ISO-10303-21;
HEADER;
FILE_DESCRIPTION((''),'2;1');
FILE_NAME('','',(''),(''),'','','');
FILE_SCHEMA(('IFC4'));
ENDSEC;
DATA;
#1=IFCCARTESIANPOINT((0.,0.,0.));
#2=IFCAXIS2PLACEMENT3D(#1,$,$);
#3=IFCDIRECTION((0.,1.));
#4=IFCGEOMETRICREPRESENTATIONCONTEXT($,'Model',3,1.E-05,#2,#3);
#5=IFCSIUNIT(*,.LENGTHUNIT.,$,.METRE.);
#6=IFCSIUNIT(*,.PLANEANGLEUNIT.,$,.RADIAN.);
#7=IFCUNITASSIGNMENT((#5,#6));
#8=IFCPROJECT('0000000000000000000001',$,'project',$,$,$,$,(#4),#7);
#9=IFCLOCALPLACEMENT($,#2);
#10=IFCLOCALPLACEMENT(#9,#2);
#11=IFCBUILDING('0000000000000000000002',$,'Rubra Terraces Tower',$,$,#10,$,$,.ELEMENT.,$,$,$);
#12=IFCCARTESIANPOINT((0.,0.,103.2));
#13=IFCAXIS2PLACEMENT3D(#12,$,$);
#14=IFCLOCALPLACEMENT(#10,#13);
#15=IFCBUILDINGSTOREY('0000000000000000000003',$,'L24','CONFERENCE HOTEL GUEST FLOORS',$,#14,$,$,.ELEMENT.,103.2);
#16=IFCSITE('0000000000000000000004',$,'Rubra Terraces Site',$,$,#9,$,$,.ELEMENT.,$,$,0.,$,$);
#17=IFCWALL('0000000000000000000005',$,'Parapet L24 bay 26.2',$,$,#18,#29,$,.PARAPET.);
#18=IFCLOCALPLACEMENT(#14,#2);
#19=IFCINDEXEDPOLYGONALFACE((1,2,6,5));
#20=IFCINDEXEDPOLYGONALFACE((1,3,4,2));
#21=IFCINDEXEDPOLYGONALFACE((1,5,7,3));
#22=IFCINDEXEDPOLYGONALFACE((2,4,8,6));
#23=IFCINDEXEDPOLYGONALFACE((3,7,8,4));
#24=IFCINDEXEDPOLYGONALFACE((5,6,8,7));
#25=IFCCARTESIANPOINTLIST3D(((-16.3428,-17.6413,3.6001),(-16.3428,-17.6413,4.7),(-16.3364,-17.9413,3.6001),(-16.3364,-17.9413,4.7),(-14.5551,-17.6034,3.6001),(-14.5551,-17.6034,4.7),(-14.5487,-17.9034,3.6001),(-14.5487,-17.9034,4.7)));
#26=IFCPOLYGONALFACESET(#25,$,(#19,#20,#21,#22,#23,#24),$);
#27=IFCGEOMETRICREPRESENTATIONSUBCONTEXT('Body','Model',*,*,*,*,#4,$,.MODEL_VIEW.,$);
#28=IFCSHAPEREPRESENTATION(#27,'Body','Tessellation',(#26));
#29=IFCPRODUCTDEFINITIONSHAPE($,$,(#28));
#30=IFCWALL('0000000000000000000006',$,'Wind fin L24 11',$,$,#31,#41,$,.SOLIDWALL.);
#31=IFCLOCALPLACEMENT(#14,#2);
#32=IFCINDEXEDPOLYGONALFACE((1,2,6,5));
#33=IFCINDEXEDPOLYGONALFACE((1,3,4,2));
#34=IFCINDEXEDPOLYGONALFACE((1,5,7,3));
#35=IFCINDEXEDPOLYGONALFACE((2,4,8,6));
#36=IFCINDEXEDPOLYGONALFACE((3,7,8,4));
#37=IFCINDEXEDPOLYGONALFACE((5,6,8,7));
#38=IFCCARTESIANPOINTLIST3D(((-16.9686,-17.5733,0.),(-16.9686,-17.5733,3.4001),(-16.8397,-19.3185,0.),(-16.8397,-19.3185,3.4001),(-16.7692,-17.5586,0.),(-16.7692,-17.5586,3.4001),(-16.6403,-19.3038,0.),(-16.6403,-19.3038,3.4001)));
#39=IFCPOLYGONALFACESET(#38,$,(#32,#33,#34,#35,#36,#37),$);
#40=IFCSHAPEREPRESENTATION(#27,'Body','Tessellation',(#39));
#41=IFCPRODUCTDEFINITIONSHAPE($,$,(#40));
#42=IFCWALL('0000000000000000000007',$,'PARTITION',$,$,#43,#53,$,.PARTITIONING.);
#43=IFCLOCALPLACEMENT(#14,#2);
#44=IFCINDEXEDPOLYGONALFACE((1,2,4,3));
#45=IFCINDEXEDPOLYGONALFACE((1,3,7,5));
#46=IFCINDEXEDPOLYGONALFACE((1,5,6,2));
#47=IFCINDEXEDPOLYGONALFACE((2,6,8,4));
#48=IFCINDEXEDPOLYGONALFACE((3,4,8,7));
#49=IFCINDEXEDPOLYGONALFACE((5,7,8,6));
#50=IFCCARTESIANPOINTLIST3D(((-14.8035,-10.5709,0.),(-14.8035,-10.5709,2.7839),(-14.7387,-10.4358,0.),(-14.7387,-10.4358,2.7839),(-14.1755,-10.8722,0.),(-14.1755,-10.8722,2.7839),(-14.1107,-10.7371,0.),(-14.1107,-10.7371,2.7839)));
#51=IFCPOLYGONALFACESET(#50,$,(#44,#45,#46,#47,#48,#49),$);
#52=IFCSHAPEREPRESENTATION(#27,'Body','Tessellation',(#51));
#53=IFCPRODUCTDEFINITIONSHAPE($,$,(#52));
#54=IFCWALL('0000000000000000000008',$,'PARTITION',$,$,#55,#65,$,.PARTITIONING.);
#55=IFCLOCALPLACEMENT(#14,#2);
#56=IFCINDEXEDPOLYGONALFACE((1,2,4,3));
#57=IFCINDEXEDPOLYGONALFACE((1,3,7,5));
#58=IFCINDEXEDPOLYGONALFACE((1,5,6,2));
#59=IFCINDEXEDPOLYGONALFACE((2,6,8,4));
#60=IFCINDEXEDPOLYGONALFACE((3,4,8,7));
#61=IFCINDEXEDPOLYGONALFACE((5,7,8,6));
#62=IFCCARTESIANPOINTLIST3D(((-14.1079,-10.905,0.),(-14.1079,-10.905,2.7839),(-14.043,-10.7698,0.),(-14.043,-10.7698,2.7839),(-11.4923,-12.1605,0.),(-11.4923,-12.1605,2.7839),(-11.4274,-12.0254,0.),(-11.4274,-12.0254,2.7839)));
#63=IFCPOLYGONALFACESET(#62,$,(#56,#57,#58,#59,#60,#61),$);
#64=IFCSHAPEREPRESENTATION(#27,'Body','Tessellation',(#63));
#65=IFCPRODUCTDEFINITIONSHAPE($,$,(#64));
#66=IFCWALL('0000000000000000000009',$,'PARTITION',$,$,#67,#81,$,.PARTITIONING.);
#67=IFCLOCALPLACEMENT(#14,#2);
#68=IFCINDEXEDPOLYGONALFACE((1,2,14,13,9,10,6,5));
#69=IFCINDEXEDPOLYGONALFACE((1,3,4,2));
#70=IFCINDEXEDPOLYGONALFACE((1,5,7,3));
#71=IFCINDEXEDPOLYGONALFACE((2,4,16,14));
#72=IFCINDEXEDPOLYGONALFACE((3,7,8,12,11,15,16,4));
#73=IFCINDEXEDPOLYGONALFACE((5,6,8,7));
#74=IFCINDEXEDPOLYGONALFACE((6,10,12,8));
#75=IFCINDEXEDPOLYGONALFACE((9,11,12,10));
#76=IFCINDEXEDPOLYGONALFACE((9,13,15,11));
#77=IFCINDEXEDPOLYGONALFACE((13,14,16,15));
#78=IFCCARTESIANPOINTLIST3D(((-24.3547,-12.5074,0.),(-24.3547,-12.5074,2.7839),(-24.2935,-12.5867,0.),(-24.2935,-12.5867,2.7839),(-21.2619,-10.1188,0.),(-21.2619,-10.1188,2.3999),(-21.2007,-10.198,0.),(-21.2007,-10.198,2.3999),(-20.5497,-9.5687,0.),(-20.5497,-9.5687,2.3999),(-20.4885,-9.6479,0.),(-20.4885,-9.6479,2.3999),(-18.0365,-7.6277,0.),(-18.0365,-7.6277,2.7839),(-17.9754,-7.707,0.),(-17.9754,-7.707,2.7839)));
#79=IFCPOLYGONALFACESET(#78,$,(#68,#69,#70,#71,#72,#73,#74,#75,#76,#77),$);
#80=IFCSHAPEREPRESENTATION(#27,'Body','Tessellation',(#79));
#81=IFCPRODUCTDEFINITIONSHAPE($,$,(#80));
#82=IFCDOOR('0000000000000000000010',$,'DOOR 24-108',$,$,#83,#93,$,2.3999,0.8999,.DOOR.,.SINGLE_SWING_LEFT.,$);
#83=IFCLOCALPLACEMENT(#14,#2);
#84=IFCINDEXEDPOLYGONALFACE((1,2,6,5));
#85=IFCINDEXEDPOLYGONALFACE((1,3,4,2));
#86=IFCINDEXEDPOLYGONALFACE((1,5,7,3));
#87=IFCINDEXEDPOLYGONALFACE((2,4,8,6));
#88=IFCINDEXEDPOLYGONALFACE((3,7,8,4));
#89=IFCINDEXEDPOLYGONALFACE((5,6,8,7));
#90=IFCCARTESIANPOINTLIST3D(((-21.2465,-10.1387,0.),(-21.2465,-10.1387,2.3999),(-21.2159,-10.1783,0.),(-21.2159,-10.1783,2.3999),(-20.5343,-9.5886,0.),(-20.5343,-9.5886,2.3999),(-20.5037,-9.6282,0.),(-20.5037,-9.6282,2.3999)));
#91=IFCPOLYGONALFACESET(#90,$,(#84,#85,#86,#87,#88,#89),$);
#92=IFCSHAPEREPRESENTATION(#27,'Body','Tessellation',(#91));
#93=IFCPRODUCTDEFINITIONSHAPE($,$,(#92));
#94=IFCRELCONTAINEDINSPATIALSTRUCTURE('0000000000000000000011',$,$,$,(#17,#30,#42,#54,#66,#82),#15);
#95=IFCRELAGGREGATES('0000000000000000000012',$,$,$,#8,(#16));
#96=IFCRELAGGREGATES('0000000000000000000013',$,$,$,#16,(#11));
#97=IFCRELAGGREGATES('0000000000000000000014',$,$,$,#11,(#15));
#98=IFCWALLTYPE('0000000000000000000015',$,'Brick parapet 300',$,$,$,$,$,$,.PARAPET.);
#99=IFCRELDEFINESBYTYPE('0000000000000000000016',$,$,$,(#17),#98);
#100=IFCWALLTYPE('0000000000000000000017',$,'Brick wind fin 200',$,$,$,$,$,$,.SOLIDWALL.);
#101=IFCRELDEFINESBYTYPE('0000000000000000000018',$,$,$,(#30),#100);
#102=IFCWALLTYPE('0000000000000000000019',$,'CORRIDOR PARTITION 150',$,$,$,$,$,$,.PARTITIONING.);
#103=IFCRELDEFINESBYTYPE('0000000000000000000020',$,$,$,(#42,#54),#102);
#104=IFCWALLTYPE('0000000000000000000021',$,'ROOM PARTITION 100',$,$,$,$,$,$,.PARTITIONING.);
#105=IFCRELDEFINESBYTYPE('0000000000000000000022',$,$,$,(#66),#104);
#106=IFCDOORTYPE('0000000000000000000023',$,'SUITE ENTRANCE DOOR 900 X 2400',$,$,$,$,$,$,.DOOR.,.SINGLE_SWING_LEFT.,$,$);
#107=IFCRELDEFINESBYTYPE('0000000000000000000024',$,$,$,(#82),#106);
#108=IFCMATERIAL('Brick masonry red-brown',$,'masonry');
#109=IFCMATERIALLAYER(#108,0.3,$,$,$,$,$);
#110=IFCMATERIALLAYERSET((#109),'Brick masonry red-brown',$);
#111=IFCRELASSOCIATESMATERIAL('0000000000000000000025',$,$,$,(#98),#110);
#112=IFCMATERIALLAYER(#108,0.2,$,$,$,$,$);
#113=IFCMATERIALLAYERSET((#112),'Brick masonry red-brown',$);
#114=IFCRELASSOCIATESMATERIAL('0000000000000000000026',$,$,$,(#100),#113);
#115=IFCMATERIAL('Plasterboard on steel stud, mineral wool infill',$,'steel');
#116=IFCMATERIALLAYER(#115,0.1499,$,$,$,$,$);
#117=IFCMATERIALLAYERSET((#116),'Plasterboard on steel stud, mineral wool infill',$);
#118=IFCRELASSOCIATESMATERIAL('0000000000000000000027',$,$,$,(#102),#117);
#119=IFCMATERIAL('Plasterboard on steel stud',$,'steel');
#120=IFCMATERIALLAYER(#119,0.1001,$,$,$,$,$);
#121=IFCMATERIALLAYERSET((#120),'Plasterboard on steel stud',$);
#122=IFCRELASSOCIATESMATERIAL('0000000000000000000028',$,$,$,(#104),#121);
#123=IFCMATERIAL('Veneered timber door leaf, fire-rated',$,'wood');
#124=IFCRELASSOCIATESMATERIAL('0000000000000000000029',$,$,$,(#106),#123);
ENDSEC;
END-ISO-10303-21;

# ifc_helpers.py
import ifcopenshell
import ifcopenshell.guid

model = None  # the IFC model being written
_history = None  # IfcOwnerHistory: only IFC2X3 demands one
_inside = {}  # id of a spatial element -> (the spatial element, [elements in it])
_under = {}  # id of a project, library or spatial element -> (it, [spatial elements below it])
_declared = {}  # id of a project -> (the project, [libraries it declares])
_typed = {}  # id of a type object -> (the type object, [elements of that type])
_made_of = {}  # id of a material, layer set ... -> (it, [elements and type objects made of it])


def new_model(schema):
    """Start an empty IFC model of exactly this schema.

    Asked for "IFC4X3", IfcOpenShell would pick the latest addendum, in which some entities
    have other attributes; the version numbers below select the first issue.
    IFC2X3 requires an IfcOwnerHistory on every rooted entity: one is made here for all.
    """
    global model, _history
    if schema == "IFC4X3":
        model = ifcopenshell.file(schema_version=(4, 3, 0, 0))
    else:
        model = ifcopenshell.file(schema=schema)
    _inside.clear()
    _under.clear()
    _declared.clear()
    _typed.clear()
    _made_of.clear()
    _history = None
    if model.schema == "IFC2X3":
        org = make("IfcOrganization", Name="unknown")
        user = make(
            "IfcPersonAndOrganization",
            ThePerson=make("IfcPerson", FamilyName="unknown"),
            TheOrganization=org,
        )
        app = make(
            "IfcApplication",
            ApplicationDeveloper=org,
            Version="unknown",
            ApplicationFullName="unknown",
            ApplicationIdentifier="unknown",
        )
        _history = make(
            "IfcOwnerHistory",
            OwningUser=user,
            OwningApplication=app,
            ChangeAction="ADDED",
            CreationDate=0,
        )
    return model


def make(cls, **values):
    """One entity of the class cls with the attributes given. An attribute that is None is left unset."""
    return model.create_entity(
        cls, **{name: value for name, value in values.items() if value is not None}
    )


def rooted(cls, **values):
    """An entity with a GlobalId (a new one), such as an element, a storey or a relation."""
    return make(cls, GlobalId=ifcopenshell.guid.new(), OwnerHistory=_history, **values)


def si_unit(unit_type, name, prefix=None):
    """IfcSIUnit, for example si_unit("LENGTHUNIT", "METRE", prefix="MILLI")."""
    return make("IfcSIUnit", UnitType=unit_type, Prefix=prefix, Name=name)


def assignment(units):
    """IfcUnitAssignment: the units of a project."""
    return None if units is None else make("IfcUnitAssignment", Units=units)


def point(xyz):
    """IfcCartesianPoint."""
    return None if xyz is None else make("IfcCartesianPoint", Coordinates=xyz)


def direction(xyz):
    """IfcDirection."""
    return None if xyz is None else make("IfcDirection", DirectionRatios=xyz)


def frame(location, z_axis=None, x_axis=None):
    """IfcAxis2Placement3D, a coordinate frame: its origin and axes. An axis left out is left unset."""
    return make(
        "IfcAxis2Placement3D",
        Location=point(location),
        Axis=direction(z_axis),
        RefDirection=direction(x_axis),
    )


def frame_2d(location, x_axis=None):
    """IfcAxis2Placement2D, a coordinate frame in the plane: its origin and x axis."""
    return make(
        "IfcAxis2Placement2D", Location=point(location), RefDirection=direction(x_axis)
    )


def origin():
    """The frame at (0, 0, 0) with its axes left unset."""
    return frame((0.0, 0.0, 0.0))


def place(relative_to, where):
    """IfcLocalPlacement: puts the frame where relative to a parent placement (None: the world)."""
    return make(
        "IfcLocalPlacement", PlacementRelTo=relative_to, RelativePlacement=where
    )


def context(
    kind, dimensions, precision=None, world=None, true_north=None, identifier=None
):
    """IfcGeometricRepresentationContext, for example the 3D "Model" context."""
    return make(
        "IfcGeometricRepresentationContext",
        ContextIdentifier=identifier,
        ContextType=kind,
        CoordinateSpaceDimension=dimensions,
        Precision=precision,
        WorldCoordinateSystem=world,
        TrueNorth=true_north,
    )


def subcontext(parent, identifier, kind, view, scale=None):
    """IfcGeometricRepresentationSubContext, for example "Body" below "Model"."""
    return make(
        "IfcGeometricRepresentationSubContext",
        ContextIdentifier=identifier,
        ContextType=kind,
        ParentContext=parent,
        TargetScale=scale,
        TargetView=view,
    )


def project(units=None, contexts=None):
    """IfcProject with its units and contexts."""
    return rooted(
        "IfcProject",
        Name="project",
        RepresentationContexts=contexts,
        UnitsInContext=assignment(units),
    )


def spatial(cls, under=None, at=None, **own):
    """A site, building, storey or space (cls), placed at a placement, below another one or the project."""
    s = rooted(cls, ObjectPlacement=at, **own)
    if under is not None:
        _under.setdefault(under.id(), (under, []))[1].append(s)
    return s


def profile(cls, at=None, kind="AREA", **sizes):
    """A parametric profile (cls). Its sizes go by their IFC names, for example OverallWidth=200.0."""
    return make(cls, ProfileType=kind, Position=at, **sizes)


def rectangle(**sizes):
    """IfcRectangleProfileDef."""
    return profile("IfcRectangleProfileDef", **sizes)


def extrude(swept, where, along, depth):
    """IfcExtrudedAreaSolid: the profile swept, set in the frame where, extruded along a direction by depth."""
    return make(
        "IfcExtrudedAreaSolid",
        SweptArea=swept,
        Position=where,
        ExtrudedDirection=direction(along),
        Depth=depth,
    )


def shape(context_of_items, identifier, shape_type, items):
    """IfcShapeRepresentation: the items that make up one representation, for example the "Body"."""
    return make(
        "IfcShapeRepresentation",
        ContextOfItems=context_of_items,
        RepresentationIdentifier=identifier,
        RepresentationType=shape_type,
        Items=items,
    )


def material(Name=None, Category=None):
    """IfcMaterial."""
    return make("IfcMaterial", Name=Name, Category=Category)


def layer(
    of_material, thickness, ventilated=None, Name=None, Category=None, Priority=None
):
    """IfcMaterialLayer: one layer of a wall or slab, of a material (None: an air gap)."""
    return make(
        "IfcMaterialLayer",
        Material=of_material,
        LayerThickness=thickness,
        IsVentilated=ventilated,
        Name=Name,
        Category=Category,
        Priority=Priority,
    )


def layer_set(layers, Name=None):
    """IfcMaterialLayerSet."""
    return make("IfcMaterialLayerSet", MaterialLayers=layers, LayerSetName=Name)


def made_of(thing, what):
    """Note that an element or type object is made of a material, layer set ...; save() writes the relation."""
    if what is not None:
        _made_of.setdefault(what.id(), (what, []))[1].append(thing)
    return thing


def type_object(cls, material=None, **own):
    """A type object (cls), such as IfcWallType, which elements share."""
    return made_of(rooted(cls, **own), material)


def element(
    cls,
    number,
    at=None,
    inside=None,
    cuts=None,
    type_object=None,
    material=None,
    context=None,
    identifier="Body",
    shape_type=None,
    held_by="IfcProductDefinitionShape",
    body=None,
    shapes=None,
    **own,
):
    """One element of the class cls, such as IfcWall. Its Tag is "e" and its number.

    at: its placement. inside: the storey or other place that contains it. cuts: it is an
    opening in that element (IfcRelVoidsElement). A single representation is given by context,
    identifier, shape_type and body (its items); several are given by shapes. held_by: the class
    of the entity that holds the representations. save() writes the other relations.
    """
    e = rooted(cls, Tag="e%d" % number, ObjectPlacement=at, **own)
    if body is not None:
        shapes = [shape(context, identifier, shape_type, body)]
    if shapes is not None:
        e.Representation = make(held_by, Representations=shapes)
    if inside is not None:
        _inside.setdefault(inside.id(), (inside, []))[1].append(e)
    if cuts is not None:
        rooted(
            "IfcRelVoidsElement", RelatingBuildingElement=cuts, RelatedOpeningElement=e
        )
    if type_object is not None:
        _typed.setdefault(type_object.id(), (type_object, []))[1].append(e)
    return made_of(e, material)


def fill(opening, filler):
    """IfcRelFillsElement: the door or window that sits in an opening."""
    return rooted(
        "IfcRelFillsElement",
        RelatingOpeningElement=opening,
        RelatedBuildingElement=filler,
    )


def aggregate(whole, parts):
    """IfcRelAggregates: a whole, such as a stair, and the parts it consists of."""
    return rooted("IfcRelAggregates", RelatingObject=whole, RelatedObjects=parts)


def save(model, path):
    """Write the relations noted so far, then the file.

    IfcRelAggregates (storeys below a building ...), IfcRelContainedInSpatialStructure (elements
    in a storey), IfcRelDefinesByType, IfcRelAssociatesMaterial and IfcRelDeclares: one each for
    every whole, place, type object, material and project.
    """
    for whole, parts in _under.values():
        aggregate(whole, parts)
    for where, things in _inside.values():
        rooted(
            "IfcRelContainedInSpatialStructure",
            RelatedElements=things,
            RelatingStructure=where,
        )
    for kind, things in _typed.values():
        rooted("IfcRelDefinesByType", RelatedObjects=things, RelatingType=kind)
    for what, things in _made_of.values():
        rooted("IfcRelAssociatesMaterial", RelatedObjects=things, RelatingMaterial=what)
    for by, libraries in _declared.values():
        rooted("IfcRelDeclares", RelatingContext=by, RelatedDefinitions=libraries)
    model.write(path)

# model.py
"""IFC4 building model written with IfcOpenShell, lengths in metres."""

from ifc_helpers import new_model, si_unit, direction, frame, frame_2d, origin, place, context, subcontext, project, spatial, rectangle, extrude, material, layer, layer_set, type_object, element, fill, save


model = new_model("IFC4")

# Units and contexts
model_context = context("Model", 3, precision=1e-05, world=origin(), true_north=direction((0.0, 1.0)))
body_context = subcontext(model_context, "Body", "Model", "MODEL_VIEW")
ifc_project = project(units=[si_unit("LENGTHUNIT", "METRE"), si_unit("PLANEANGLEUNIT", "RADIAN")], contexts=[model_context])

# Site, building, storey
site_placement = place(None, origin())
site = spatial("IfcSite", under=ifc_project, at=site_placement, Name="Rubra Terraces Site", CompositionType="ELEMENT", RefElevation=0.0)
building_placement = place(site_placement, origin())
building = spatial("IfcBuilding", under=site, at=building_placement, Name="Rubra Terraces Tower", CompositionType="ELEMENT")
storey_placement = place(building_placement, frame((0.0, 0.0, 103.2)))
storey = spatial("IfcBuildingStorey", under=building, at=storey_placement, Name="L24", Description="CONFERENCE HOTEL GUEST FLOORS", CompositionType="ELEMENT", Elevation=103.2)

# Shared definitions
ifc_material_1 = material(Name="Brick masonry red-brown", Category="masonry")

# Walls
ifc_layer_1 = layer(ifc_material_1, 0.3)
ifc_layer_set_1 = layer_set([ifc_layer_1], Name="Brick masonry red-brown")
wall_type_1 = type_object("IfcWallType", Name="Brick parapet 300", PredefinedType="PARAPET", material=ifc_layer_set_1)
wall_1_placement = place(storey_placement, frame((-16.3396, -17.7913, 3.6001), z_axis=(0.0, 0.0, 1.0), x_axis=(0.999776, 0.021164, 0.0)))
element("IfcWall", 1, at=wall_1_placement, inside=storey, type_object=wall_type_1, Name="Parapet L24 bay 26.2", PredefinedType="PARAPET", context=body_context, shape_type="SweptSolid", body=[
    extrude(rectangle(XDim=1.7881, YDim=0.3, at=frame_2d((0.894, 0.0))), origin(), (0.0, 0.0, 1.0), 1.0999),
])
ifc_layer_2 = layer(ifc_material_1, 0.2)
ifc_layer_set_2 = layer_set([ifc_layer_2], Name="Brick masonry red-brown")
wall_type_2 = type_object("IfcWallType", Name="Brick wind fin 200", PredefinedType="SOLIDWALL", material=ifc_layer_set_2)
wall_2_placement = place(storey_placement, frame((-16.8689, -17.5659, 0.0), z_axis=(0.0, 0.0, 1.0), x_axis=(0.073656, -0.997284, 0.0)))
element("IfcWall", 2, at=wall_2_placement, inside=storey, type_object=wall_type_2, Name="Wind fin L24 11", PredefinedType="SOLIDWALL", context=body_context, shape_type="SweptSolid", body=[
    extrude(rectangle(XDim=1.75, YDim=0.2, at=frame_2d((0.875, 0.0))), origin(), (0.0, 0.0, 1.0), 3.4001),
])
ifc_material_2 = material(Name="Plasterboard on steel stud, mineral wool infill", Category="steel")
ifc_layer_3 = layer(ifc_material_2, 0.1499)
ifc_layer_set_3 = layer_set([ifc_layer_3], Name="Plasterboard on steel stud, mineral wool infill")
wall_type_3 = type_object("IfcWallType", Name="CORRIDOR PARTITION 150", PredefinedType="PARTITIONING", material=ifc_layer_set_3)
wall_3_placement = place(storey_placement, frame((-14.771, -10.5034, 0.0), z_axis=(0.0, 0.0, 1.0), x_axis=(0.9016, -0.432572, 0.0)))
element("IfcWall", 3, at=wall_3_placement, inside=storey, type_object=wall_type_3, Name="PARTITION", PredefinedType="PARTITIONING", context=body_context, shape_type="SweptSolid", body=[
    extrude(rectangle(XDim=0.6965, YDim=0.1499, at=frame_2d((0.3481, 0.0))), origin(), (0.0, 0.0, 1.0), 2.7839),
])
wall_4_placement = place(storey_placement, frame((-14.0754, -10.8374, 0.0), z_axis=(0.0, 0.0, 1.0), x_axis=(0.901514, -0.43275, 0.0)))
element("IfcWall", 4, at=wall_4_placement, inside=storey, type_object=wall_type_3, Name="PARTITION", PredefinedType="PARTITIONING", context=body_context, shape_type="SweptSolid", body=[
    extrude(rectangle(XDim=2.9014, YDim=0.1499, at=frame_2d((1.4507, 0.0))), origin(), (0.0, 0.0, 1.0), 2.7839),
])

# Wall, opening, door
ifc_material_3 = material(Name="Plasterboard on steel stud", Category="steel")
ifc_layer_4 = layer(ifc_material_3, 0.1001)
ifc_layer_set_4 = layer_set([ifc_layer_4], Name="Plasterboard on steel stud")
wall_type_4 = type_object("IfcWallType", Name="ROOM PARTITION 100", PredefinedType="PARTITIONING", material=ifc_layer_set_4)
wall_5_placement = place(storey_placement, frame((-24.3242, -12.5471, 0.0), z_axis=(0.0, 0.0, 1.0), x_axis=(0.791439, 0.611248, 0.0)))
wall_5 = element("IfcWall", 5, at=wall_5_placement, inside=storey, type_object=wall_type_4, Name="PARTITION", PredefinedType="PARTITIONING", context=body_context, shape_type="SweptSolid", body=[
    extrude(rectangle(XDim=7.9832, YDim=0.1001, at=frame_2d((3.9917, 0.0))), origin(), (0.0, 0.0, 1.0), 2.7839),
])
opening_1_placement = place(wall_5_placement, frame((3.908, 0.0, 0.0)))
opening_1 = element("IfcOpeningElement", 6, at=opening_1_placement, cuts=wall_5, PredefinedType="OPENING", context=body_context, shape_type="SweptSolid", body=[
    extrude(rectangle(XDim=0.8999, YDim=2.3999, at=frame_2d((0.45, 1.2))), frame((0.0, 0.0601, 0.0), z_axis=(0.0, -1.0, 0.0), x_axis=(1.0, 0.0, 0.0)), (0.0, 0.0, 1.0), 0.1201),
])
ifc_material_4 = material(Name="Veneered timber door leaf, fire-rated", Category="wood")
door_type = type_object("IfcDoorType", Name="SUITE ENTRANCE DOOR 900 X 2400", OperationType="SINGLE_SWING_LEFT", PredefinedType="DOOR", material=ifc_material_4)
door_placement = place(opening_1_placement, origin())
door = element("IfcDoor", 7, at=door_placement, inside=storey, type_object=door_type, Name="DOOR 24-108", OperationType="SINGLE_SWING_LEFT", OverallHeight=2.3999, OverallWidth=0.8999, PredefinedType="DOOR", context=body_context, shape_type="SweptSolid", body=[
    extrude(rectangle(XDim=0.8999, YDim=2.3999, at=frame_2d((0.45, 1.2))), frame((0.0, 0.0249, 0.0), z_axis=(0.0, -1.0, 0.0), x_axis=(1.0, 0.0, 0.0)), (0.0, 0.0, 1.0), 0.05),
])
fill(opening_1, door)

save(model, "model.ifc")
